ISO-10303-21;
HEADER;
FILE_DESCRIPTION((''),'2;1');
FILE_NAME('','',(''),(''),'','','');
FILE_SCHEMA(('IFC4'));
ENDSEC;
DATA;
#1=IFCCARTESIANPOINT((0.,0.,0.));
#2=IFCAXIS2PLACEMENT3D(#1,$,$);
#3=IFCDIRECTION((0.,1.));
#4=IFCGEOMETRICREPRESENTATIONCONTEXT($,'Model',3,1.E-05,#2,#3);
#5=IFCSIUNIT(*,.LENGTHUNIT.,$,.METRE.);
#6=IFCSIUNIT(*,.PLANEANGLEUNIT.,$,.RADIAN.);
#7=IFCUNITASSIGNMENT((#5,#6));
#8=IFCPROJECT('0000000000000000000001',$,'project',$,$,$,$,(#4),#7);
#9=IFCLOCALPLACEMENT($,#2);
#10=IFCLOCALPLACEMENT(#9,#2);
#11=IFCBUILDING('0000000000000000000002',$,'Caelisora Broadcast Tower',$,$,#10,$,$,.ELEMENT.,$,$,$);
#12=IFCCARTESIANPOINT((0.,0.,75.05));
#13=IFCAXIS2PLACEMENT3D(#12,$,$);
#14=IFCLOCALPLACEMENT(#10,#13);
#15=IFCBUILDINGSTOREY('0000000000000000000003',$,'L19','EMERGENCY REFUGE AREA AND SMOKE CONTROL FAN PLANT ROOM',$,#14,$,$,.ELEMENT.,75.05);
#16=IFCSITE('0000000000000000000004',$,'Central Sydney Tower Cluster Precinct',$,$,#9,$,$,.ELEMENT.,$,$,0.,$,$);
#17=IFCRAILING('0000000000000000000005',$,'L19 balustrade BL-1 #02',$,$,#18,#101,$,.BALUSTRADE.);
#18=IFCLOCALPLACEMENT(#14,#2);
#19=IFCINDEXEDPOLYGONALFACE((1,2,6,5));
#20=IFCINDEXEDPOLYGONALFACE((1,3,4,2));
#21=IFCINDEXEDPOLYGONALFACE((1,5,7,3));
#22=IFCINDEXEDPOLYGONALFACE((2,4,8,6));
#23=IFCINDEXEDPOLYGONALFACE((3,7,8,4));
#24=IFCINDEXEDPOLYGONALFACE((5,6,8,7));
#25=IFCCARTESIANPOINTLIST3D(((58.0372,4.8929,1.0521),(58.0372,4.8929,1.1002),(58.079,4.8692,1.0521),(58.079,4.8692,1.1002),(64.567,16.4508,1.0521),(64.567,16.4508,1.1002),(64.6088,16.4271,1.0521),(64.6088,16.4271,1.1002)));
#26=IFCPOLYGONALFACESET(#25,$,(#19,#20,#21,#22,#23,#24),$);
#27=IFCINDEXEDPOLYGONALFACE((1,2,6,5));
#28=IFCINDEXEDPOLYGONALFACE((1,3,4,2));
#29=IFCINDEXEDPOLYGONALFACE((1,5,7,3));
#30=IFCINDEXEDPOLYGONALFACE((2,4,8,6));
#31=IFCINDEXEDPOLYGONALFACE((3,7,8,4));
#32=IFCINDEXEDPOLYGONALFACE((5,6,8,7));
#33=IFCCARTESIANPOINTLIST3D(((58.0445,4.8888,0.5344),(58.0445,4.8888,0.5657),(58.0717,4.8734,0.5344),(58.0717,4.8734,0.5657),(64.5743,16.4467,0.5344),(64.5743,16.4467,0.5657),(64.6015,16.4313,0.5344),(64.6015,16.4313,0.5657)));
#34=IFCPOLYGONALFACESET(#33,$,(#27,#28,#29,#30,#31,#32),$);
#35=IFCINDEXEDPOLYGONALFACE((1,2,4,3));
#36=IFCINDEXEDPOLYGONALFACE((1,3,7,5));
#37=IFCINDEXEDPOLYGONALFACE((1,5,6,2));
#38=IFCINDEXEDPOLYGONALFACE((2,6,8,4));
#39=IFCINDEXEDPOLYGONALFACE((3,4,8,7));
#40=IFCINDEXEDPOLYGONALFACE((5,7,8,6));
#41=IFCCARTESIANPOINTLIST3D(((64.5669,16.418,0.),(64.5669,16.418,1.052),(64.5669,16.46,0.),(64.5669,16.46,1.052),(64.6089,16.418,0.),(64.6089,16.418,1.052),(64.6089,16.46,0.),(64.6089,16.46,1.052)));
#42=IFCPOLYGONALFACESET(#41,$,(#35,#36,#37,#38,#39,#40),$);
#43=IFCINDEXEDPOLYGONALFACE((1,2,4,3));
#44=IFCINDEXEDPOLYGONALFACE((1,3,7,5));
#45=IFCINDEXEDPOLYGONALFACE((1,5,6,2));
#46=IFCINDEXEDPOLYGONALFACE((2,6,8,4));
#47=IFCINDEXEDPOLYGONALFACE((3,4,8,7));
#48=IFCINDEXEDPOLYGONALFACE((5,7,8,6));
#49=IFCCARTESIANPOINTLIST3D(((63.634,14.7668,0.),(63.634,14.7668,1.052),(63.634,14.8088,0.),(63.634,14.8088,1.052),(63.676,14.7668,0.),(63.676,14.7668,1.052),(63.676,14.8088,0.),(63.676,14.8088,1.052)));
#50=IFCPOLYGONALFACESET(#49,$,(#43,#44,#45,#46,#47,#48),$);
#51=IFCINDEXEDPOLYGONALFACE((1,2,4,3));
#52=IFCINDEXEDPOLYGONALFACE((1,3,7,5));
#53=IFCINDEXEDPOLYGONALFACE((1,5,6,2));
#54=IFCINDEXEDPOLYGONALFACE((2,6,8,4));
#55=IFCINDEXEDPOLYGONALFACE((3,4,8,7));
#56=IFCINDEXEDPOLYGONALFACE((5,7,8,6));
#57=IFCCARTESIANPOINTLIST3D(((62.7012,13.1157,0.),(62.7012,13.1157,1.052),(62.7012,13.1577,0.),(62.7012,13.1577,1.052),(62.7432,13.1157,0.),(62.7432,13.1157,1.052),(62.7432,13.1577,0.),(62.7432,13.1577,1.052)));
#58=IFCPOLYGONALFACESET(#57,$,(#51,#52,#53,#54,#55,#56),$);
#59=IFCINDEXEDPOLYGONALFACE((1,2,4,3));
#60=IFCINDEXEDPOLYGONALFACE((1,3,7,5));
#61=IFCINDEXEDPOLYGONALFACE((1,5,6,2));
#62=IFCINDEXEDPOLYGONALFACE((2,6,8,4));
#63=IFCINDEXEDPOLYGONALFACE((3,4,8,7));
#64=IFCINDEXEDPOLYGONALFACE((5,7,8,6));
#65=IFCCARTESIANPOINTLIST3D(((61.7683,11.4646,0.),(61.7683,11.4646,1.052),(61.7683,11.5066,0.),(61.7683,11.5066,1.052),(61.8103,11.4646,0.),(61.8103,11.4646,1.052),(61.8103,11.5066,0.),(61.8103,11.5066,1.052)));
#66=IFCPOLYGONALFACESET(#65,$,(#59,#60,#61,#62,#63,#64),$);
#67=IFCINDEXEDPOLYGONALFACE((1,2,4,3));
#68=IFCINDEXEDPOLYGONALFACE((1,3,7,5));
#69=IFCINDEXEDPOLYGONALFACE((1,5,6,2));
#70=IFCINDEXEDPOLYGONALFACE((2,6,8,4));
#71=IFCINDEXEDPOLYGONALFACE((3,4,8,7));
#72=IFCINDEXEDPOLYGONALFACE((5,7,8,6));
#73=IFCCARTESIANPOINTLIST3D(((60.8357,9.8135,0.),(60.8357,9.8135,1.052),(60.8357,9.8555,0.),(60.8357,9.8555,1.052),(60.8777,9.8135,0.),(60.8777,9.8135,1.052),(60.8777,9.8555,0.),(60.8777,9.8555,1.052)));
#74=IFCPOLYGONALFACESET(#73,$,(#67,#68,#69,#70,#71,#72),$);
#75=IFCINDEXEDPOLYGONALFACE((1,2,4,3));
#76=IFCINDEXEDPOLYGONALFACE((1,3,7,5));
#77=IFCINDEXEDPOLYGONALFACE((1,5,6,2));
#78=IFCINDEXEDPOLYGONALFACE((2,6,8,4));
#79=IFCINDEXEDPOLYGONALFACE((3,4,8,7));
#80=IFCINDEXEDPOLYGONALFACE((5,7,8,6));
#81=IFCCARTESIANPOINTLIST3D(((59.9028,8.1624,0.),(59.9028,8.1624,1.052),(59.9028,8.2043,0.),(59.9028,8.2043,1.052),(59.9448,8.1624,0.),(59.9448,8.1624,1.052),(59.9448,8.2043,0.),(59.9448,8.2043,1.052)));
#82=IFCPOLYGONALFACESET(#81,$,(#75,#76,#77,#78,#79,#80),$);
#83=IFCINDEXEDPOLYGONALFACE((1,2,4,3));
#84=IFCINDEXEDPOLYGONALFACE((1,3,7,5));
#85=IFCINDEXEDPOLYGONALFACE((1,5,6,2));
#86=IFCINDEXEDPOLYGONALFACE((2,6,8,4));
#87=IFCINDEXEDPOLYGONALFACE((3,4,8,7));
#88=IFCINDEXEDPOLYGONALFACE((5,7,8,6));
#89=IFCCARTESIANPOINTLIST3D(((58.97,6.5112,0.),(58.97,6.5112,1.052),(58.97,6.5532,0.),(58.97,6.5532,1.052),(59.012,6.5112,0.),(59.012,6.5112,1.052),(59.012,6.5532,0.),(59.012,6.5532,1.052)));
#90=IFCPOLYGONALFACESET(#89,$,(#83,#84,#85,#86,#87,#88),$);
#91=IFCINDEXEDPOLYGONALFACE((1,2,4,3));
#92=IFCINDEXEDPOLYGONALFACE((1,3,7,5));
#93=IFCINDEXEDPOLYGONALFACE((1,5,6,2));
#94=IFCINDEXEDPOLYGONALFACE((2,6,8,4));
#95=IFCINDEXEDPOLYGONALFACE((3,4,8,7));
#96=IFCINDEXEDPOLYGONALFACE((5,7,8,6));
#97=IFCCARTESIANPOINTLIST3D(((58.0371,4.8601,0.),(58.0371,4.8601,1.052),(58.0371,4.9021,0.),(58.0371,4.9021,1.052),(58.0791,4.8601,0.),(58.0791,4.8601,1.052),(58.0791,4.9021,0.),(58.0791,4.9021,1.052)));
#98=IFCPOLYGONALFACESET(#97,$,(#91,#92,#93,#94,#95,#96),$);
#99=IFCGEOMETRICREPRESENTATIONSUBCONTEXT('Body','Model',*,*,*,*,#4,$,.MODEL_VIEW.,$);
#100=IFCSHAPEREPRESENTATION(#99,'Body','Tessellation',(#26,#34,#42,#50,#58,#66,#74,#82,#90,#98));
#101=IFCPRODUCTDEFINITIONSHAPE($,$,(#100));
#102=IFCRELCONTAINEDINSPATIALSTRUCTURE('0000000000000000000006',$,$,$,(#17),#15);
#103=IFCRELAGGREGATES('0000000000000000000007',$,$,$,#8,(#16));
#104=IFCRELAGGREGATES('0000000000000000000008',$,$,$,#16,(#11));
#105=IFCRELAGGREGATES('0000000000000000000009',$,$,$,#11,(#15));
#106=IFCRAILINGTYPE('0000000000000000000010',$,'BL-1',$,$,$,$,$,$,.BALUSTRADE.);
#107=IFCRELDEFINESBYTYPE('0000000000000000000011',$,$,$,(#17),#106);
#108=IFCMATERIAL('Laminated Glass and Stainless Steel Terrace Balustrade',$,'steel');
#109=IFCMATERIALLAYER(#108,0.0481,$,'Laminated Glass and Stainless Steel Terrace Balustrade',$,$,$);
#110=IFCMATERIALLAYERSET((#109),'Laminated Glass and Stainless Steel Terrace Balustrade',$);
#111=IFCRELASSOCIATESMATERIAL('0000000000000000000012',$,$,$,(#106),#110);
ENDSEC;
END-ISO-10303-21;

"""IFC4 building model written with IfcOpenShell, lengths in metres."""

from ifc_helpers import new_model, si_unit, direction, frame, origin, origin_2d, place, context, subcontext, project, spatial, rectangle, extrude, material, layer, layer_set, type_object, element, save


model = new_model("IFC4")

# Units and contexts
model_context = context("Model", 3, precision=1e-05, world=origin(), true_north=direction((0.0, 1.0)))
body_context = subcontext(model_context, "Body", "Model", "MODEL_VIEW")
ifc_project = project(units=[si_unit("LENGTHUNIT", "METRE"), si_unit("PLANEANGLEUNIT", "RADIAN")], contexts=[model_context])

# Site, building, storey
site_placement = place(None, origin())
site = spatial("IfcSite", under=ifc_project, at=site_placement, Name="Central Sydney Tower Cluster Precinct", CompositionType="ELEMENT", RefElevation=0.0)
building_placement = place(site_placement, origin())
building = spatial("IfcBuilding", under=site, at=building_placement, Name="Caelisora Broadcast Tower", CompositionType="ELEMENT")
storey_placement = place(building_placement, frame((0.0, 0.0, 75.05)))
storey = spatial("IfcBuildingStorey", under=building, at=storey_placement, Name="L19", Description="EMERGENCY REFUGE AREA AND SMOKE CONTROL FAN PLANT ROOM", CompositionType="ELEMENT", Elevation=75.05)

# Railing
ifc_material_1 = material(Name="Laminated Glass and Stainless Steel Terrace Balustrade", Category="steel")
ifc_layer_1 = layer(ifc_material_1, 0.0481, Name="Laminated Glass and Stainless Steel Terrace Balustrade")
ifc_layer_set_1 = layer_set([ifc_layer_1], Name="Laminated Glass and Stainless Steel Terrace Balustrade")
railing_type = type_object("IfcRailingType", Name="BL-1", PredefinedType="BALUSTRADE", material=ifc_layer_set_1)
railing_1_placement = place(storey_placement, frame((64.5879, 16.439, 0.0)))
element("IfcRailing", 1, at=railing_1_placement, inside=storey, type_object=railing_type, Name="L19 balustrade BL-1 #02", PredefinedType="BALUSTRADE", context=body_context, shape_type="SweptSolid", body=[
    extrude(rectangle(XDim=0.0481, YDim=0.0481, at=origin_2d()), frame((0.0, 0.0, 1.0762), z_axis=(-0.491891, -0.870657, 0.0), x_axis=(0.870657, -0.491891, 0.0)), (0.0, 0.0, 1.0), 13.2749),
    extrude(rectangle(XDim=0.0312, YDim=0.0312, at=origin_2d()), frame((0.0, 0.0, 0.55), z_axis=(-0.491891, -0.870657, 0.0), x_axis=(0.870657, -0.491891, 0.0)), (0.0, 0.0, 1.0), 13.2749),
    extrude(rectangle(XDim=0.042, YDim=0.042, at=origin_2d()), origin(), (0.0, 0.0, 1.0), 1.052),
    extrude(rectangle(XDim=0.042, YDim=0.042, at=origin_2d()), frame((-0.9329, -1.6511, 0.0)), (0.0, 0.0, 1.0), 1.052),
    extrude(rectangle(XDim=0.042, YDim=0.042, at=origin_2d()), frame((-1.8657, -3.3022, 0.0)), (0.0, 0.0, 1.0), 1.052),
    extrude(rectangle(XDim=0.042, YDim=0.042, at=origin_2d()), frame((-2.7986, -4.9534, 0.0)), (0.0, 0.0, 1.0), 1.052),
    extrude(rectangle(XDim=0.042, YDim=0.042, at=origin_2d()), frame((-3.7312, -6.6045, 0.0)), (0.0, 0.0, 1.0), 1.052),
    extrude(rectangle(XDim=0.042, YDim=0.042, at=origin_2d()), frame((-4.6641, -8.2556, 0.0)), (0.0, 0.0, 1.0), 1.052),
    extrude(rectangle(XDim=0.042, YDim=0.042, at=origin_2d()), frame((-5.5969, -9.9067, 0.0)), (0.0, 0.0, 1.0), 1.052),
    extrude(rectangle(XDim=0.042, YDim=0.042, at=origin_2d()), frame((-6.5298, -11.5579, 0.0)), (0.0, 0.0, 1.0), 1.052),
])

save(model, "model.ifc")
